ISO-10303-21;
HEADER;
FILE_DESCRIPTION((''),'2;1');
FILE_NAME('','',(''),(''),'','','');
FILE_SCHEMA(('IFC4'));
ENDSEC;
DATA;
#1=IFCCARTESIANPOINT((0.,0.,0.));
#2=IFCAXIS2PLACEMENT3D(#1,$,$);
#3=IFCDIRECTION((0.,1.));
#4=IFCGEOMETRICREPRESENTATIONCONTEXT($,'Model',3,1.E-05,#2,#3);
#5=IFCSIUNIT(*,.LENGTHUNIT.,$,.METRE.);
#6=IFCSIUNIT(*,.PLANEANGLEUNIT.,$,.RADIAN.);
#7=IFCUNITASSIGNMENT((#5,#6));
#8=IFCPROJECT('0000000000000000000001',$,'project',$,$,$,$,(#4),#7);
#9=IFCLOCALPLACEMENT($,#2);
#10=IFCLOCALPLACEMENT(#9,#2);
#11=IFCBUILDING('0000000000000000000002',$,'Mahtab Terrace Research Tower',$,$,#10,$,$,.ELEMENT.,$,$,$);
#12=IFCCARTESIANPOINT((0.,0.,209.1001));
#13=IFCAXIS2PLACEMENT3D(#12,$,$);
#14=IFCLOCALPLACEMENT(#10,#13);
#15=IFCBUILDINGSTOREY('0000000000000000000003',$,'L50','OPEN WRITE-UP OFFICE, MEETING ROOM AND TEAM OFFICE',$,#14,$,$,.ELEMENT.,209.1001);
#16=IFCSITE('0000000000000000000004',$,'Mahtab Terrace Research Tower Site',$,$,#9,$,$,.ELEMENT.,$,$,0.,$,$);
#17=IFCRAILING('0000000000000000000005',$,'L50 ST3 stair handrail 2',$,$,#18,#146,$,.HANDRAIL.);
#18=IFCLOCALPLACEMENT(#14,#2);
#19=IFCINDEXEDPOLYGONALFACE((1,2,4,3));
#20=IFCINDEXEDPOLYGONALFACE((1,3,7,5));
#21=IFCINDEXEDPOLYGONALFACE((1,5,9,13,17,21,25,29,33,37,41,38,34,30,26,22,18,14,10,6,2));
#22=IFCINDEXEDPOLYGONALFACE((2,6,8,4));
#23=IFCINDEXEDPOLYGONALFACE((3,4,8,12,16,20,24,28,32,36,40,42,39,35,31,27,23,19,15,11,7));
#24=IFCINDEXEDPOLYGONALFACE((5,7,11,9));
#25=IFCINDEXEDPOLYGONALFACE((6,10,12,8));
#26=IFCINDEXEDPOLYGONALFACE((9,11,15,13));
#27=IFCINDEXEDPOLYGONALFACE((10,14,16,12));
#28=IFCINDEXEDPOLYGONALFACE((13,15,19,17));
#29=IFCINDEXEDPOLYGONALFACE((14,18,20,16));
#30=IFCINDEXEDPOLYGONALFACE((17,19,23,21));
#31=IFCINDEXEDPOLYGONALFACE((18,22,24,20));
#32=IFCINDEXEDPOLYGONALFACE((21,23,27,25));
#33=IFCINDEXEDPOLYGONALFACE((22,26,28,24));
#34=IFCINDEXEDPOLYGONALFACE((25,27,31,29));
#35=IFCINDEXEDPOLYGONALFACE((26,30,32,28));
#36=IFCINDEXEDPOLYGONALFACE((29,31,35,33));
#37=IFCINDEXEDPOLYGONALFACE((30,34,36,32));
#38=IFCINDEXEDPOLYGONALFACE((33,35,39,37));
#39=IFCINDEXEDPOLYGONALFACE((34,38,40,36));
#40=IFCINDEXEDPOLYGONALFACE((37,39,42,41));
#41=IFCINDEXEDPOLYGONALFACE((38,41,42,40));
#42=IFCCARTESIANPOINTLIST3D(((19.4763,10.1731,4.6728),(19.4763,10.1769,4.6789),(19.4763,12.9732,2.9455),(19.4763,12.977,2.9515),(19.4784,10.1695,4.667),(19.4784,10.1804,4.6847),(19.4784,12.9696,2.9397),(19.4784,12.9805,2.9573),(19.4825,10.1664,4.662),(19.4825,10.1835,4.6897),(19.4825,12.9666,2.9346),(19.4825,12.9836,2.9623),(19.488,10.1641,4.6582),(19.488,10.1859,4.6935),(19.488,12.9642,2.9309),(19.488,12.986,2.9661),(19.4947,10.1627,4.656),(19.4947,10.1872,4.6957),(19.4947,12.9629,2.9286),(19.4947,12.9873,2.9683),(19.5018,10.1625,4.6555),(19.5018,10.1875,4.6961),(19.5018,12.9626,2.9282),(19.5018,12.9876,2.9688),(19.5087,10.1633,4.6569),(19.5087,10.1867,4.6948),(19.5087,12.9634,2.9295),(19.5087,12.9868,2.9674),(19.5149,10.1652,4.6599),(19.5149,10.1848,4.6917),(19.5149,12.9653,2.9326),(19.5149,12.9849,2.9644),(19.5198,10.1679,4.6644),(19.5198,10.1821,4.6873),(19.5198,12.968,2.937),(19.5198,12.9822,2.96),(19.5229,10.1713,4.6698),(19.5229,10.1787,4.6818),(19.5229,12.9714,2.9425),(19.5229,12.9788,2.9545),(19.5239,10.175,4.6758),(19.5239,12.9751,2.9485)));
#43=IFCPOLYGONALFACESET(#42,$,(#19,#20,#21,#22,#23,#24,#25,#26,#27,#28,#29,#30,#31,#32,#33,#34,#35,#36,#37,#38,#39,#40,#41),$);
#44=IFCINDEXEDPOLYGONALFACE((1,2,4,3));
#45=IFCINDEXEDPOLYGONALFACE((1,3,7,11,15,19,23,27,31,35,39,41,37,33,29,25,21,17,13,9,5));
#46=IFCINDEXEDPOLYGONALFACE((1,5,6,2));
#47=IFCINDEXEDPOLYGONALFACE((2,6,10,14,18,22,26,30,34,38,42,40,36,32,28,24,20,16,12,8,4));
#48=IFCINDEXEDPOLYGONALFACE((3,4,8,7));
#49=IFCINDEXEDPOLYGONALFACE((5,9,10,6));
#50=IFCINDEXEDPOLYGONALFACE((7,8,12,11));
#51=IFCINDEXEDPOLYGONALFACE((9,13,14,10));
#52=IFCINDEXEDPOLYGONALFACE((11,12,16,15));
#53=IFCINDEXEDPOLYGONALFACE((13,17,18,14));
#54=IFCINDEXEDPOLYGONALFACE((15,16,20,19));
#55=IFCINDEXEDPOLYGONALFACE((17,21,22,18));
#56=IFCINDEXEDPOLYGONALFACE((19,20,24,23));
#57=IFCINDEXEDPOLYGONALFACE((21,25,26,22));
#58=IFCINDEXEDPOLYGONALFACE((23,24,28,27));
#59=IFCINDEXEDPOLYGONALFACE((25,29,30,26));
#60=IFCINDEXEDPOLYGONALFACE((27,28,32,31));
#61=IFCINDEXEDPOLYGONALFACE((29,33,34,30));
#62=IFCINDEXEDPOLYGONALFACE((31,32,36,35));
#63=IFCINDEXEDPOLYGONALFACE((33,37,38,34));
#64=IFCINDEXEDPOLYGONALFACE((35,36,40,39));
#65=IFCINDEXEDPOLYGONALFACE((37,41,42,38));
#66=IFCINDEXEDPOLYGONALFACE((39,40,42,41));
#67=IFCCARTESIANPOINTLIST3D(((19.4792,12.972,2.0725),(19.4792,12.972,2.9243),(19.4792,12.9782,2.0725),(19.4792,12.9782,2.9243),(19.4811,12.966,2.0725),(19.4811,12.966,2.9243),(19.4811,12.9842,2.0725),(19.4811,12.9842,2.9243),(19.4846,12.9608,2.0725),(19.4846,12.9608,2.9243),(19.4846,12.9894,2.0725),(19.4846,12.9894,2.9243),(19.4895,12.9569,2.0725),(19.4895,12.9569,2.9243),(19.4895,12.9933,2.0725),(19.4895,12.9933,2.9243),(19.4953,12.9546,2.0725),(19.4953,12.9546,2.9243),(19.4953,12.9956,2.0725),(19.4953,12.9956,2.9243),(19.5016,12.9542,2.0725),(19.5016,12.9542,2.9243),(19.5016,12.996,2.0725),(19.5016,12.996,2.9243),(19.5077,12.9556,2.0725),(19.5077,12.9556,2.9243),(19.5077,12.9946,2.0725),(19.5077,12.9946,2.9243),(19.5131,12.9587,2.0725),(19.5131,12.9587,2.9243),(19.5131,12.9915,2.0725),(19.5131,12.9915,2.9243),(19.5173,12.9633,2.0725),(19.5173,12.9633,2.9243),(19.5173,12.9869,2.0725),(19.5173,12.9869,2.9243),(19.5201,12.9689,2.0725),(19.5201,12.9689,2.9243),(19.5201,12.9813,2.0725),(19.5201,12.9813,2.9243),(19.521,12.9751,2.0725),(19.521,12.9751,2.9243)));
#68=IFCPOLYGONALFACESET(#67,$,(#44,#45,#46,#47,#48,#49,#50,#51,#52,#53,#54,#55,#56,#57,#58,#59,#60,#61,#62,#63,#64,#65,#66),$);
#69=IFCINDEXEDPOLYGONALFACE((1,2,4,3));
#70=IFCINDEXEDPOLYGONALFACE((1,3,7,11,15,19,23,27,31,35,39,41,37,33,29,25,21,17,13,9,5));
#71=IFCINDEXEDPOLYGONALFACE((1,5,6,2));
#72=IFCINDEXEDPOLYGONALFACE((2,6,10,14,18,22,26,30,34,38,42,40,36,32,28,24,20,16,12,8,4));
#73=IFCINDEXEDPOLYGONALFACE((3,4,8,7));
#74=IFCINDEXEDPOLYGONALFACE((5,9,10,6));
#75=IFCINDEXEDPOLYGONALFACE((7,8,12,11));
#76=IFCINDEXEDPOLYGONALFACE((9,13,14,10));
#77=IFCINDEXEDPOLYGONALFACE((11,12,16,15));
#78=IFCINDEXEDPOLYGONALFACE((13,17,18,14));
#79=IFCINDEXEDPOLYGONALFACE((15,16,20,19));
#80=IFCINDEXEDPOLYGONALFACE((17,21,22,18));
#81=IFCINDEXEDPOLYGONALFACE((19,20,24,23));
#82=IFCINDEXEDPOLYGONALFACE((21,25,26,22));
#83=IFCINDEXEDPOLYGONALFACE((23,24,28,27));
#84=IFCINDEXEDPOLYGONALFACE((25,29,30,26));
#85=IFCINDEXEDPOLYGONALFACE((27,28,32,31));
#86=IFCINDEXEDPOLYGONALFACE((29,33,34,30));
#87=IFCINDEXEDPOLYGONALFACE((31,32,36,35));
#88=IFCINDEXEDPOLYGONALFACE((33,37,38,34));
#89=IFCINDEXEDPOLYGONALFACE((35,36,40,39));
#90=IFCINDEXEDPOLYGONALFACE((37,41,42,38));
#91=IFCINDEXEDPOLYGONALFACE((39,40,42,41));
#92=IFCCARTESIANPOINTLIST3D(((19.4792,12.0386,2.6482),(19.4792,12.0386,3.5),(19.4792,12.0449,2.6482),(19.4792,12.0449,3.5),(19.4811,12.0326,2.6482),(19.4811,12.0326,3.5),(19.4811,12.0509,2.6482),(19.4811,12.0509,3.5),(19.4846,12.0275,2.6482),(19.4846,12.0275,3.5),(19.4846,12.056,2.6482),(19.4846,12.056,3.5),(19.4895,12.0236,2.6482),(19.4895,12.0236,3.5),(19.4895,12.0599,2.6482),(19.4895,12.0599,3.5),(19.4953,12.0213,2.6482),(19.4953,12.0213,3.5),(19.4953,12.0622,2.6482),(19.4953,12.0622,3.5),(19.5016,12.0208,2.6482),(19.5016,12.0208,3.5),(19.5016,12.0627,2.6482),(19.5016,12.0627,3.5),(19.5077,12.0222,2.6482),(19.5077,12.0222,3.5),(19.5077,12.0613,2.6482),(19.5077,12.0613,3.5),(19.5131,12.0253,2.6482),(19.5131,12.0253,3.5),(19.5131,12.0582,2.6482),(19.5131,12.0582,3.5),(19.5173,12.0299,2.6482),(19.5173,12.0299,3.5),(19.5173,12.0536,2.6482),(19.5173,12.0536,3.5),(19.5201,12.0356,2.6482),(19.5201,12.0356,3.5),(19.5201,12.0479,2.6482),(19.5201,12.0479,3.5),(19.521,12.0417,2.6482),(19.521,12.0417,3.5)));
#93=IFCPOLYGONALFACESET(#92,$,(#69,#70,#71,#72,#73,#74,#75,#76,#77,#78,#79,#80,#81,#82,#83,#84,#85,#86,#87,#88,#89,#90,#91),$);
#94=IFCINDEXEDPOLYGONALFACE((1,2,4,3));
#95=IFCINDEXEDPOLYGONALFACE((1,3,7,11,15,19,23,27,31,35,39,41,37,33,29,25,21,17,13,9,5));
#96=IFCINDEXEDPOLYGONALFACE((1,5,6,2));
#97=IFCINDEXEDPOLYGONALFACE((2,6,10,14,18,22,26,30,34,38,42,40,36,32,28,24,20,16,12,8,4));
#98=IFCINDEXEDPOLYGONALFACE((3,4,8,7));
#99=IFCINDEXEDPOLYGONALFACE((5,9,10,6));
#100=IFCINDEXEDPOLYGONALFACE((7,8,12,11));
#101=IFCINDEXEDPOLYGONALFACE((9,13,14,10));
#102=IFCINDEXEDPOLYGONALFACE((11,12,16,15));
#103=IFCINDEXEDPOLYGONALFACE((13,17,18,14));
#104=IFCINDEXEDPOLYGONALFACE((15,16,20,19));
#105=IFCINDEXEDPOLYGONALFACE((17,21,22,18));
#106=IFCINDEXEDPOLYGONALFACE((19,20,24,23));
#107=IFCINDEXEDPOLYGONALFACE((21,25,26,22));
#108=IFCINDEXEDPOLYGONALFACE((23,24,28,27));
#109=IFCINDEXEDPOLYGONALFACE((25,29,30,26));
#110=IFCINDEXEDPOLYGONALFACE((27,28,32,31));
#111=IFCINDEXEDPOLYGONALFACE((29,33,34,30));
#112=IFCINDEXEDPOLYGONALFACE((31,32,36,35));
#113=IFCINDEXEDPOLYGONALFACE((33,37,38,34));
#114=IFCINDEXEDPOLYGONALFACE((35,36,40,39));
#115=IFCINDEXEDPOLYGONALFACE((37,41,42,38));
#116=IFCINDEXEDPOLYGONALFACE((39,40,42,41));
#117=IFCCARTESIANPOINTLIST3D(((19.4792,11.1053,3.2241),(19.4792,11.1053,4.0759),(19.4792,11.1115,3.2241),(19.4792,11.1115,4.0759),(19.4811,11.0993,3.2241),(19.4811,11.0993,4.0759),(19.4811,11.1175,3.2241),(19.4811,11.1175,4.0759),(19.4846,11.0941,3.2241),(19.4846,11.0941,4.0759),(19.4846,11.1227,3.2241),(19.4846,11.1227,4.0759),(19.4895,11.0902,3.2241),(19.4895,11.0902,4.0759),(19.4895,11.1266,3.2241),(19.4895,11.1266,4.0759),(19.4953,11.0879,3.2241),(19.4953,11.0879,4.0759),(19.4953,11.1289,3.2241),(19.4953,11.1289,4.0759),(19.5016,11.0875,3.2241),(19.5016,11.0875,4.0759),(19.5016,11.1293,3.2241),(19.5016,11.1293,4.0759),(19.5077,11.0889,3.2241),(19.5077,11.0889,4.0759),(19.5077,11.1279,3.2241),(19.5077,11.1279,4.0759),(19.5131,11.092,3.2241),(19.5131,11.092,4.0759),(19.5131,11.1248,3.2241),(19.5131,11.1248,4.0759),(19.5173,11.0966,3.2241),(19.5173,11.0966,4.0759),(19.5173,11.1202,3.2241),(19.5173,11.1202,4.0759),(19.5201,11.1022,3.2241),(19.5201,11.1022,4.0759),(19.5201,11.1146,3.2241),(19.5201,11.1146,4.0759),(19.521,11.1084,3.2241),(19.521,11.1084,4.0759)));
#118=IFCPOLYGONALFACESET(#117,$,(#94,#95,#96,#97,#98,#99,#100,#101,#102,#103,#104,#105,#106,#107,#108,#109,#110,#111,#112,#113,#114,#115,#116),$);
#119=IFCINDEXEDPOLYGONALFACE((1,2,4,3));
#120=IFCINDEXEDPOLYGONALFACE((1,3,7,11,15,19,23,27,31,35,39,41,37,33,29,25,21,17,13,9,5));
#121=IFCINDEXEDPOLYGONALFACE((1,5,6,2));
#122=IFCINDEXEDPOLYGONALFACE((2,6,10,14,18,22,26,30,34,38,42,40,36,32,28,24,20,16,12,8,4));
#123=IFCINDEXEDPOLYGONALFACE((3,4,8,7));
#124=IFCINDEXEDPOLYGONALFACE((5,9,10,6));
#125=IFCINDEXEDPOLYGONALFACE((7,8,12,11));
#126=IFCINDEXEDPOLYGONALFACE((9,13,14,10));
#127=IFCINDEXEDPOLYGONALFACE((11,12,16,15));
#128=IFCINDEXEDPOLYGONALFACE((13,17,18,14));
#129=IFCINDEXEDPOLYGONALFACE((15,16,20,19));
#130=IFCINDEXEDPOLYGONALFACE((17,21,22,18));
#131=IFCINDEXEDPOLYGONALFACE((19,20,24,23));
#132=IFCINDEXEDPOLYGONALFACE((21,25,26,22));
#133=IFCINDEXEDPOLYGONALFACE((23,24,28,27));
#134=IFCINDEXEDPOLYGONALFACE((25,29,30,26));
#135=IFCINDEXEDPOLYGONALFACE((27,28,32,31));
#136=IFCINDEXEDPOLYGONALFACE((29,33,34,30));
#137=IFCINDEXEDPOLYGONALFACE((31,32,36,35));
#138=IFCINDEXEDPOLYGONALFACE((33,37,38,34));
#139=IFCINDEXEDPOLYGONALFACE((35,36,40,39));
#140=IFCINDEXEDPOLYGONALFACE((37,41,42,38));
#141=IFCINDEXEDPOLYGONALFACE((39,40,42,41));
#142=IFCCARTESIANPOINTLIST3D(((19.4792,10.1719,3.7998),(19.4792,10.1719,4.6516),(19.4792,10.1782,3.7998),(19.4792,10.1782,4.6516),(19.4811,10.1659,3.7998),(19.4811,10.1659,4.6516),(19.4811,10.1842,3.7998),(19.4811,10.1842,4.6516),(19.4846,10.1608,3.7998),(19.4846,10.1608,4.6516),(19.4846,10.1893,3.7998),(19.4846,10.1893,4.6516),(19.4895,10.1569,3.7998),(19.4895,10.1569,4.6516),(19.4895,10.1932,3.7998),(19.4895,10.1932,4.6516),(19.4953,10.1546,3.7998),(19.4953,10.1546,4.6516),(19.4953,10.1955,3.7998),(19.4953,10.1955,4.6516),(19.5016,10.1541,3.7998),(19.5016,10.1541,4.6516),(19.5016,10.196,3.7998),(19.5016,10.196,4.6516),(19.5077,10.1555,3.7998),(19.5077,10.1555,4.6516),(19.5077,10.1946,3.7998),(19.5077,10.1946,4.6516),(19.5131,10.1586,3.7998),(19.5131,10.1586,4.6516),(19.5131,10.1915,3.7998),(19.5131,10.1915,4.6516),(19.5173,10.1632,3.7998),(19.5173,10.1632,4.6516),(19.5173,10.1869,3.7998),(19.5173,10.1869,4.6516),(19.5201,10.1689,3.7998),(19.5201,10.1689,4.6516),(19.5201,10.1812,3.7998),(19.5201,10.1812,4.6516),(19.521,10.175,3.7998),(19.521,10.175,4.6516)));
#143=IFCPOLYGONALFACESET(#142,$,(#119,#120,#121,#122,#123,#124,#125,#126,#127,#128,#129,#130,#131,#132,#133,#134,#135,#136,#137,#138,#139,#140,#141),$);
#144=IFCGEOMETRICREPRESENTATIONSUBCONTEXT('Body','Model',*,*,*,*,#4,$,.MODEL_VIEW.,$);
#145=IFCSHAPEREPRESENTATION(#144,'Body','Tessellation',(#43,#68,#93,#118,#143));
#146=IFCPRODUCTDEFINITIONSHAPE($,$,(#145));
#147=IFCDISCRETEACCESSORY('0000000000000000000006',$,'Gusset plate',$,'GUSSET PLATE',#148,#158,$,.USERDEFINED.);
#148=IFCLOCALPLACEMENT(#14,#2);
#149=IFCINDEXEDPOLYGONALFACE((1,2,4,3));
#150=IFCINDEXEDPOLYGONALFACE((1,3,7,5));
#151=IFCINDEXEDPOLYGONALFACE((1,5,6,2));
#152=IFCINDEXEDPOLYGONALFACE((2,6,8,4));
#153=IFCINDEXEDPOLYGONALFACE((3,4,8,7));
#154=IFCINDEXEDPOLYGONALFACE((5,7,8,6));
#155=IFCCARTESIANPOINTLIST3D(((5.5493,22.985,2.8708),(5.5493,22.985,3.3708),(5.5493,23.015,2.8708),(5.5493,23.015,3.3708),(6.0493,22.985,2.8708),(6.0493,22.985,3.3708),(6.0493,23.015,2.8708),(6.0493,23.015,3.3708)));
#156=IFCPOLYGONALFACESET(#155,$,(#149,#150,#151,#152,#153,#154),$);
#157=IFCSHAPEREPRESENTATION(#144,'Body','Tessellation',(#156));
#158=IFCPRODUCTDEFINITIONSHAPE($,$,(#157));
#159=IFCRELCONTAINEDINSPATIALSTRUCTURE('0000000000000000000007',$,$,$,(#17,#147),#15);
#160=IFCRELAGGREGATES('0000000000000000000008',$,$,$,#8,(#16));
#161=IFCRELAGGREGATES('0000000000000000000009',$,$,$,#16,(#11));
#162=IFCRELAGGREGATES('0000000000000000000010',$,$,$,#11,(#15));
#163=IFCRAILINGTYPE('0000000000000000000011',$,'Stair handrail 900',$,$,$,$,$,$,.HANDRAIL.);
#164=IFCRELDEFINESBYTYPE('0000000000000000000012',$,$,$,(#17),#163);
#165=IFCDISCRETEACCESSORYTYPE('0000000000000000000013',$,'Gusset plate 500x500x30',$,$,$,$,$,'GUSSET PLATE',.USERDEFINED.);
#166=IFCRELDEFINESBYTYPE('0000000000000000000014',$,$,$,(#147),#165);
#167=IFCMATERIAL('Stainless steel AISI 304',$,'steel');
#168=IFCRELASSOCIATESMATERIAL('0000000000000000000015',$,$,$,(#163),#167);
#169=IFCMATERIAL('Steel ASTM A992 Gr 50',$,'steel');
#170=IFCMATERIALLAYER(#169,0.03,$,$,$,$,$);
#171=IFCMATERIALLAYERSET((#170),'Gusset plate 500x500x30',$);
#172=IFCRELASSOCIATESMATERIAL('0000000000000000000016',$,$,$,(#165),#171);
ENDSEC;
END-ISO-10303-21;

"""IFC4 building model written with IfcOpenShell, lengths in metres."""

from ifc_helpers import new_model, si_unit, direction, frame, origin, origin_2d, place, context, subcontext, project, spatial, rectangle, circle, extrude, material, layer, layer_set, type_object, element, save


model = new_model("IFC4")

# Units and contexts
model_context = context("Model", 3, precision=1e-05, world=origin(), true_north=direction((0.0, 1.0)))
body_context = subcontext(model_context, "Body", "Model", "MODEL_VIEW")
ifc_project = project(units=[si_unit("LENGTHUNIT", "METRE"), si_unit("PLANEANGLEUNIT", "RADIAN")], contexts=[model_context])

# Site, building, storey
site_placement = place(None, origin())
site = spatial("IfcSite", under=ifc_project, at=site_placement, Name="Mahtab Terrace Research Tower Site", CompositionType="ELEMENT", RefElevation=0.0)
building_placement = place(site_placement, origin())
building = spatial("IfcBuilding", under=site, at=building_placement, Name="Mahtab Terrace Research Tower", CompositionType="ELEMENT")
storey_placement = place(building_placement, frame((0.0, 0.0, 209.1001)))
storey = spatial("IfcBuildingStorey", under=building, at=storey_placement, Name="L50", Description="OPEN WRITE-UP OFFICE, MEETING ROOM AND TEAM OFFICE", CompositionType="ELEMENT", Elevation=209.1001)

# Shared definitions
ifc_material_1 = material(Name="Stainless steel AISI 304", Category="steel")

# Railing
railing_type_1 = type_object("IfcRailingType", Name="Stair handrail 900", PredefinedType="HANDRAIL", material=ifc_material_1)
railing_1_placement = place(storey_placement, frame((19.5, 12.9751, 2.0725)))
element("IfcRailing", 1, at=railing_1_placement, inside=storey, type_object=railing_type_1, Name="L50 ST3 stair handrail 2", PredefinedType="HANDRAIL", context=body_context, shape_type="SweptSolid", body=[
    extrude(circle(Radius=0.0239, at=origin_2d()), frame((0.0, 0.0, 0.876), z_axis=(0.0, -0.85109, 0.52502), x_axis=(1.0, 0.0, 0.0)), (0.0, 0.0, 1.0), 3.29),
    extrude(circle(Radius=0.021, at=origin_2d()), origin(), (0.0, 0.0, 1.0), 0.8518),
    extrude(circle(Radius=0.021, at=origin_2d()), frame((0.0, -0.9333, 0.5757)), (0.0, 0.0, 1.0), 0.8518),
    extrude(circle(Radius=0.021, at=origin_2d()), frame((0.0, -1.8667, 1.1516)), (0.0, 0.0, 1.0), 0.8518),
    extrude(circle(Radius=0.021, at=origin_2d()), frame((0.0, -2.8, 1.7273)), (0.0, 0.0, 1.0), 0.8518),
])

# Discrete accessory
ifc_material_2 = material(Name="Steel ASTM A992 Gr 50", Category="steel")
ifc_layer_1 = layer(ifc_material_2, 0.03)
ifc_layer_set_1 = layer_set([ifc_layer_1], Name="Gusset plate 500x500x30")
discrete_accessory_type = type_object("IfcDiscreteAccessoryType", Name="Gusset plate 500x500x30", ElementType="GUSSET PLATE", PredefinedType="USERDEFINED", material=ifc_layer_set_1)
discrete_accessory_placement = place(storey_placement, frame((5.7993, 23.0, 2.8708), z_axis=(0.0, 0.0, 1.0), x_axis=(1.0, 0.0, 0.0)))
element("IfcDiscreteAccessory", 2, at=discrete_accessory_placement, inside=storey, type_object=discrete_accessory_type, Name="Gusset plate", ObjectType="GUSSET PLATE", PredefinedType="USERDEFINED", context=body_context, shape_type="SweptSolid", body=[
    extrude(rectangle(XDim=0.5, YDim=0.03, at=origin_2d()), origin(), (0.0, 0.0, 1.0), 0.5),
])

save(model, "model.ifc")
